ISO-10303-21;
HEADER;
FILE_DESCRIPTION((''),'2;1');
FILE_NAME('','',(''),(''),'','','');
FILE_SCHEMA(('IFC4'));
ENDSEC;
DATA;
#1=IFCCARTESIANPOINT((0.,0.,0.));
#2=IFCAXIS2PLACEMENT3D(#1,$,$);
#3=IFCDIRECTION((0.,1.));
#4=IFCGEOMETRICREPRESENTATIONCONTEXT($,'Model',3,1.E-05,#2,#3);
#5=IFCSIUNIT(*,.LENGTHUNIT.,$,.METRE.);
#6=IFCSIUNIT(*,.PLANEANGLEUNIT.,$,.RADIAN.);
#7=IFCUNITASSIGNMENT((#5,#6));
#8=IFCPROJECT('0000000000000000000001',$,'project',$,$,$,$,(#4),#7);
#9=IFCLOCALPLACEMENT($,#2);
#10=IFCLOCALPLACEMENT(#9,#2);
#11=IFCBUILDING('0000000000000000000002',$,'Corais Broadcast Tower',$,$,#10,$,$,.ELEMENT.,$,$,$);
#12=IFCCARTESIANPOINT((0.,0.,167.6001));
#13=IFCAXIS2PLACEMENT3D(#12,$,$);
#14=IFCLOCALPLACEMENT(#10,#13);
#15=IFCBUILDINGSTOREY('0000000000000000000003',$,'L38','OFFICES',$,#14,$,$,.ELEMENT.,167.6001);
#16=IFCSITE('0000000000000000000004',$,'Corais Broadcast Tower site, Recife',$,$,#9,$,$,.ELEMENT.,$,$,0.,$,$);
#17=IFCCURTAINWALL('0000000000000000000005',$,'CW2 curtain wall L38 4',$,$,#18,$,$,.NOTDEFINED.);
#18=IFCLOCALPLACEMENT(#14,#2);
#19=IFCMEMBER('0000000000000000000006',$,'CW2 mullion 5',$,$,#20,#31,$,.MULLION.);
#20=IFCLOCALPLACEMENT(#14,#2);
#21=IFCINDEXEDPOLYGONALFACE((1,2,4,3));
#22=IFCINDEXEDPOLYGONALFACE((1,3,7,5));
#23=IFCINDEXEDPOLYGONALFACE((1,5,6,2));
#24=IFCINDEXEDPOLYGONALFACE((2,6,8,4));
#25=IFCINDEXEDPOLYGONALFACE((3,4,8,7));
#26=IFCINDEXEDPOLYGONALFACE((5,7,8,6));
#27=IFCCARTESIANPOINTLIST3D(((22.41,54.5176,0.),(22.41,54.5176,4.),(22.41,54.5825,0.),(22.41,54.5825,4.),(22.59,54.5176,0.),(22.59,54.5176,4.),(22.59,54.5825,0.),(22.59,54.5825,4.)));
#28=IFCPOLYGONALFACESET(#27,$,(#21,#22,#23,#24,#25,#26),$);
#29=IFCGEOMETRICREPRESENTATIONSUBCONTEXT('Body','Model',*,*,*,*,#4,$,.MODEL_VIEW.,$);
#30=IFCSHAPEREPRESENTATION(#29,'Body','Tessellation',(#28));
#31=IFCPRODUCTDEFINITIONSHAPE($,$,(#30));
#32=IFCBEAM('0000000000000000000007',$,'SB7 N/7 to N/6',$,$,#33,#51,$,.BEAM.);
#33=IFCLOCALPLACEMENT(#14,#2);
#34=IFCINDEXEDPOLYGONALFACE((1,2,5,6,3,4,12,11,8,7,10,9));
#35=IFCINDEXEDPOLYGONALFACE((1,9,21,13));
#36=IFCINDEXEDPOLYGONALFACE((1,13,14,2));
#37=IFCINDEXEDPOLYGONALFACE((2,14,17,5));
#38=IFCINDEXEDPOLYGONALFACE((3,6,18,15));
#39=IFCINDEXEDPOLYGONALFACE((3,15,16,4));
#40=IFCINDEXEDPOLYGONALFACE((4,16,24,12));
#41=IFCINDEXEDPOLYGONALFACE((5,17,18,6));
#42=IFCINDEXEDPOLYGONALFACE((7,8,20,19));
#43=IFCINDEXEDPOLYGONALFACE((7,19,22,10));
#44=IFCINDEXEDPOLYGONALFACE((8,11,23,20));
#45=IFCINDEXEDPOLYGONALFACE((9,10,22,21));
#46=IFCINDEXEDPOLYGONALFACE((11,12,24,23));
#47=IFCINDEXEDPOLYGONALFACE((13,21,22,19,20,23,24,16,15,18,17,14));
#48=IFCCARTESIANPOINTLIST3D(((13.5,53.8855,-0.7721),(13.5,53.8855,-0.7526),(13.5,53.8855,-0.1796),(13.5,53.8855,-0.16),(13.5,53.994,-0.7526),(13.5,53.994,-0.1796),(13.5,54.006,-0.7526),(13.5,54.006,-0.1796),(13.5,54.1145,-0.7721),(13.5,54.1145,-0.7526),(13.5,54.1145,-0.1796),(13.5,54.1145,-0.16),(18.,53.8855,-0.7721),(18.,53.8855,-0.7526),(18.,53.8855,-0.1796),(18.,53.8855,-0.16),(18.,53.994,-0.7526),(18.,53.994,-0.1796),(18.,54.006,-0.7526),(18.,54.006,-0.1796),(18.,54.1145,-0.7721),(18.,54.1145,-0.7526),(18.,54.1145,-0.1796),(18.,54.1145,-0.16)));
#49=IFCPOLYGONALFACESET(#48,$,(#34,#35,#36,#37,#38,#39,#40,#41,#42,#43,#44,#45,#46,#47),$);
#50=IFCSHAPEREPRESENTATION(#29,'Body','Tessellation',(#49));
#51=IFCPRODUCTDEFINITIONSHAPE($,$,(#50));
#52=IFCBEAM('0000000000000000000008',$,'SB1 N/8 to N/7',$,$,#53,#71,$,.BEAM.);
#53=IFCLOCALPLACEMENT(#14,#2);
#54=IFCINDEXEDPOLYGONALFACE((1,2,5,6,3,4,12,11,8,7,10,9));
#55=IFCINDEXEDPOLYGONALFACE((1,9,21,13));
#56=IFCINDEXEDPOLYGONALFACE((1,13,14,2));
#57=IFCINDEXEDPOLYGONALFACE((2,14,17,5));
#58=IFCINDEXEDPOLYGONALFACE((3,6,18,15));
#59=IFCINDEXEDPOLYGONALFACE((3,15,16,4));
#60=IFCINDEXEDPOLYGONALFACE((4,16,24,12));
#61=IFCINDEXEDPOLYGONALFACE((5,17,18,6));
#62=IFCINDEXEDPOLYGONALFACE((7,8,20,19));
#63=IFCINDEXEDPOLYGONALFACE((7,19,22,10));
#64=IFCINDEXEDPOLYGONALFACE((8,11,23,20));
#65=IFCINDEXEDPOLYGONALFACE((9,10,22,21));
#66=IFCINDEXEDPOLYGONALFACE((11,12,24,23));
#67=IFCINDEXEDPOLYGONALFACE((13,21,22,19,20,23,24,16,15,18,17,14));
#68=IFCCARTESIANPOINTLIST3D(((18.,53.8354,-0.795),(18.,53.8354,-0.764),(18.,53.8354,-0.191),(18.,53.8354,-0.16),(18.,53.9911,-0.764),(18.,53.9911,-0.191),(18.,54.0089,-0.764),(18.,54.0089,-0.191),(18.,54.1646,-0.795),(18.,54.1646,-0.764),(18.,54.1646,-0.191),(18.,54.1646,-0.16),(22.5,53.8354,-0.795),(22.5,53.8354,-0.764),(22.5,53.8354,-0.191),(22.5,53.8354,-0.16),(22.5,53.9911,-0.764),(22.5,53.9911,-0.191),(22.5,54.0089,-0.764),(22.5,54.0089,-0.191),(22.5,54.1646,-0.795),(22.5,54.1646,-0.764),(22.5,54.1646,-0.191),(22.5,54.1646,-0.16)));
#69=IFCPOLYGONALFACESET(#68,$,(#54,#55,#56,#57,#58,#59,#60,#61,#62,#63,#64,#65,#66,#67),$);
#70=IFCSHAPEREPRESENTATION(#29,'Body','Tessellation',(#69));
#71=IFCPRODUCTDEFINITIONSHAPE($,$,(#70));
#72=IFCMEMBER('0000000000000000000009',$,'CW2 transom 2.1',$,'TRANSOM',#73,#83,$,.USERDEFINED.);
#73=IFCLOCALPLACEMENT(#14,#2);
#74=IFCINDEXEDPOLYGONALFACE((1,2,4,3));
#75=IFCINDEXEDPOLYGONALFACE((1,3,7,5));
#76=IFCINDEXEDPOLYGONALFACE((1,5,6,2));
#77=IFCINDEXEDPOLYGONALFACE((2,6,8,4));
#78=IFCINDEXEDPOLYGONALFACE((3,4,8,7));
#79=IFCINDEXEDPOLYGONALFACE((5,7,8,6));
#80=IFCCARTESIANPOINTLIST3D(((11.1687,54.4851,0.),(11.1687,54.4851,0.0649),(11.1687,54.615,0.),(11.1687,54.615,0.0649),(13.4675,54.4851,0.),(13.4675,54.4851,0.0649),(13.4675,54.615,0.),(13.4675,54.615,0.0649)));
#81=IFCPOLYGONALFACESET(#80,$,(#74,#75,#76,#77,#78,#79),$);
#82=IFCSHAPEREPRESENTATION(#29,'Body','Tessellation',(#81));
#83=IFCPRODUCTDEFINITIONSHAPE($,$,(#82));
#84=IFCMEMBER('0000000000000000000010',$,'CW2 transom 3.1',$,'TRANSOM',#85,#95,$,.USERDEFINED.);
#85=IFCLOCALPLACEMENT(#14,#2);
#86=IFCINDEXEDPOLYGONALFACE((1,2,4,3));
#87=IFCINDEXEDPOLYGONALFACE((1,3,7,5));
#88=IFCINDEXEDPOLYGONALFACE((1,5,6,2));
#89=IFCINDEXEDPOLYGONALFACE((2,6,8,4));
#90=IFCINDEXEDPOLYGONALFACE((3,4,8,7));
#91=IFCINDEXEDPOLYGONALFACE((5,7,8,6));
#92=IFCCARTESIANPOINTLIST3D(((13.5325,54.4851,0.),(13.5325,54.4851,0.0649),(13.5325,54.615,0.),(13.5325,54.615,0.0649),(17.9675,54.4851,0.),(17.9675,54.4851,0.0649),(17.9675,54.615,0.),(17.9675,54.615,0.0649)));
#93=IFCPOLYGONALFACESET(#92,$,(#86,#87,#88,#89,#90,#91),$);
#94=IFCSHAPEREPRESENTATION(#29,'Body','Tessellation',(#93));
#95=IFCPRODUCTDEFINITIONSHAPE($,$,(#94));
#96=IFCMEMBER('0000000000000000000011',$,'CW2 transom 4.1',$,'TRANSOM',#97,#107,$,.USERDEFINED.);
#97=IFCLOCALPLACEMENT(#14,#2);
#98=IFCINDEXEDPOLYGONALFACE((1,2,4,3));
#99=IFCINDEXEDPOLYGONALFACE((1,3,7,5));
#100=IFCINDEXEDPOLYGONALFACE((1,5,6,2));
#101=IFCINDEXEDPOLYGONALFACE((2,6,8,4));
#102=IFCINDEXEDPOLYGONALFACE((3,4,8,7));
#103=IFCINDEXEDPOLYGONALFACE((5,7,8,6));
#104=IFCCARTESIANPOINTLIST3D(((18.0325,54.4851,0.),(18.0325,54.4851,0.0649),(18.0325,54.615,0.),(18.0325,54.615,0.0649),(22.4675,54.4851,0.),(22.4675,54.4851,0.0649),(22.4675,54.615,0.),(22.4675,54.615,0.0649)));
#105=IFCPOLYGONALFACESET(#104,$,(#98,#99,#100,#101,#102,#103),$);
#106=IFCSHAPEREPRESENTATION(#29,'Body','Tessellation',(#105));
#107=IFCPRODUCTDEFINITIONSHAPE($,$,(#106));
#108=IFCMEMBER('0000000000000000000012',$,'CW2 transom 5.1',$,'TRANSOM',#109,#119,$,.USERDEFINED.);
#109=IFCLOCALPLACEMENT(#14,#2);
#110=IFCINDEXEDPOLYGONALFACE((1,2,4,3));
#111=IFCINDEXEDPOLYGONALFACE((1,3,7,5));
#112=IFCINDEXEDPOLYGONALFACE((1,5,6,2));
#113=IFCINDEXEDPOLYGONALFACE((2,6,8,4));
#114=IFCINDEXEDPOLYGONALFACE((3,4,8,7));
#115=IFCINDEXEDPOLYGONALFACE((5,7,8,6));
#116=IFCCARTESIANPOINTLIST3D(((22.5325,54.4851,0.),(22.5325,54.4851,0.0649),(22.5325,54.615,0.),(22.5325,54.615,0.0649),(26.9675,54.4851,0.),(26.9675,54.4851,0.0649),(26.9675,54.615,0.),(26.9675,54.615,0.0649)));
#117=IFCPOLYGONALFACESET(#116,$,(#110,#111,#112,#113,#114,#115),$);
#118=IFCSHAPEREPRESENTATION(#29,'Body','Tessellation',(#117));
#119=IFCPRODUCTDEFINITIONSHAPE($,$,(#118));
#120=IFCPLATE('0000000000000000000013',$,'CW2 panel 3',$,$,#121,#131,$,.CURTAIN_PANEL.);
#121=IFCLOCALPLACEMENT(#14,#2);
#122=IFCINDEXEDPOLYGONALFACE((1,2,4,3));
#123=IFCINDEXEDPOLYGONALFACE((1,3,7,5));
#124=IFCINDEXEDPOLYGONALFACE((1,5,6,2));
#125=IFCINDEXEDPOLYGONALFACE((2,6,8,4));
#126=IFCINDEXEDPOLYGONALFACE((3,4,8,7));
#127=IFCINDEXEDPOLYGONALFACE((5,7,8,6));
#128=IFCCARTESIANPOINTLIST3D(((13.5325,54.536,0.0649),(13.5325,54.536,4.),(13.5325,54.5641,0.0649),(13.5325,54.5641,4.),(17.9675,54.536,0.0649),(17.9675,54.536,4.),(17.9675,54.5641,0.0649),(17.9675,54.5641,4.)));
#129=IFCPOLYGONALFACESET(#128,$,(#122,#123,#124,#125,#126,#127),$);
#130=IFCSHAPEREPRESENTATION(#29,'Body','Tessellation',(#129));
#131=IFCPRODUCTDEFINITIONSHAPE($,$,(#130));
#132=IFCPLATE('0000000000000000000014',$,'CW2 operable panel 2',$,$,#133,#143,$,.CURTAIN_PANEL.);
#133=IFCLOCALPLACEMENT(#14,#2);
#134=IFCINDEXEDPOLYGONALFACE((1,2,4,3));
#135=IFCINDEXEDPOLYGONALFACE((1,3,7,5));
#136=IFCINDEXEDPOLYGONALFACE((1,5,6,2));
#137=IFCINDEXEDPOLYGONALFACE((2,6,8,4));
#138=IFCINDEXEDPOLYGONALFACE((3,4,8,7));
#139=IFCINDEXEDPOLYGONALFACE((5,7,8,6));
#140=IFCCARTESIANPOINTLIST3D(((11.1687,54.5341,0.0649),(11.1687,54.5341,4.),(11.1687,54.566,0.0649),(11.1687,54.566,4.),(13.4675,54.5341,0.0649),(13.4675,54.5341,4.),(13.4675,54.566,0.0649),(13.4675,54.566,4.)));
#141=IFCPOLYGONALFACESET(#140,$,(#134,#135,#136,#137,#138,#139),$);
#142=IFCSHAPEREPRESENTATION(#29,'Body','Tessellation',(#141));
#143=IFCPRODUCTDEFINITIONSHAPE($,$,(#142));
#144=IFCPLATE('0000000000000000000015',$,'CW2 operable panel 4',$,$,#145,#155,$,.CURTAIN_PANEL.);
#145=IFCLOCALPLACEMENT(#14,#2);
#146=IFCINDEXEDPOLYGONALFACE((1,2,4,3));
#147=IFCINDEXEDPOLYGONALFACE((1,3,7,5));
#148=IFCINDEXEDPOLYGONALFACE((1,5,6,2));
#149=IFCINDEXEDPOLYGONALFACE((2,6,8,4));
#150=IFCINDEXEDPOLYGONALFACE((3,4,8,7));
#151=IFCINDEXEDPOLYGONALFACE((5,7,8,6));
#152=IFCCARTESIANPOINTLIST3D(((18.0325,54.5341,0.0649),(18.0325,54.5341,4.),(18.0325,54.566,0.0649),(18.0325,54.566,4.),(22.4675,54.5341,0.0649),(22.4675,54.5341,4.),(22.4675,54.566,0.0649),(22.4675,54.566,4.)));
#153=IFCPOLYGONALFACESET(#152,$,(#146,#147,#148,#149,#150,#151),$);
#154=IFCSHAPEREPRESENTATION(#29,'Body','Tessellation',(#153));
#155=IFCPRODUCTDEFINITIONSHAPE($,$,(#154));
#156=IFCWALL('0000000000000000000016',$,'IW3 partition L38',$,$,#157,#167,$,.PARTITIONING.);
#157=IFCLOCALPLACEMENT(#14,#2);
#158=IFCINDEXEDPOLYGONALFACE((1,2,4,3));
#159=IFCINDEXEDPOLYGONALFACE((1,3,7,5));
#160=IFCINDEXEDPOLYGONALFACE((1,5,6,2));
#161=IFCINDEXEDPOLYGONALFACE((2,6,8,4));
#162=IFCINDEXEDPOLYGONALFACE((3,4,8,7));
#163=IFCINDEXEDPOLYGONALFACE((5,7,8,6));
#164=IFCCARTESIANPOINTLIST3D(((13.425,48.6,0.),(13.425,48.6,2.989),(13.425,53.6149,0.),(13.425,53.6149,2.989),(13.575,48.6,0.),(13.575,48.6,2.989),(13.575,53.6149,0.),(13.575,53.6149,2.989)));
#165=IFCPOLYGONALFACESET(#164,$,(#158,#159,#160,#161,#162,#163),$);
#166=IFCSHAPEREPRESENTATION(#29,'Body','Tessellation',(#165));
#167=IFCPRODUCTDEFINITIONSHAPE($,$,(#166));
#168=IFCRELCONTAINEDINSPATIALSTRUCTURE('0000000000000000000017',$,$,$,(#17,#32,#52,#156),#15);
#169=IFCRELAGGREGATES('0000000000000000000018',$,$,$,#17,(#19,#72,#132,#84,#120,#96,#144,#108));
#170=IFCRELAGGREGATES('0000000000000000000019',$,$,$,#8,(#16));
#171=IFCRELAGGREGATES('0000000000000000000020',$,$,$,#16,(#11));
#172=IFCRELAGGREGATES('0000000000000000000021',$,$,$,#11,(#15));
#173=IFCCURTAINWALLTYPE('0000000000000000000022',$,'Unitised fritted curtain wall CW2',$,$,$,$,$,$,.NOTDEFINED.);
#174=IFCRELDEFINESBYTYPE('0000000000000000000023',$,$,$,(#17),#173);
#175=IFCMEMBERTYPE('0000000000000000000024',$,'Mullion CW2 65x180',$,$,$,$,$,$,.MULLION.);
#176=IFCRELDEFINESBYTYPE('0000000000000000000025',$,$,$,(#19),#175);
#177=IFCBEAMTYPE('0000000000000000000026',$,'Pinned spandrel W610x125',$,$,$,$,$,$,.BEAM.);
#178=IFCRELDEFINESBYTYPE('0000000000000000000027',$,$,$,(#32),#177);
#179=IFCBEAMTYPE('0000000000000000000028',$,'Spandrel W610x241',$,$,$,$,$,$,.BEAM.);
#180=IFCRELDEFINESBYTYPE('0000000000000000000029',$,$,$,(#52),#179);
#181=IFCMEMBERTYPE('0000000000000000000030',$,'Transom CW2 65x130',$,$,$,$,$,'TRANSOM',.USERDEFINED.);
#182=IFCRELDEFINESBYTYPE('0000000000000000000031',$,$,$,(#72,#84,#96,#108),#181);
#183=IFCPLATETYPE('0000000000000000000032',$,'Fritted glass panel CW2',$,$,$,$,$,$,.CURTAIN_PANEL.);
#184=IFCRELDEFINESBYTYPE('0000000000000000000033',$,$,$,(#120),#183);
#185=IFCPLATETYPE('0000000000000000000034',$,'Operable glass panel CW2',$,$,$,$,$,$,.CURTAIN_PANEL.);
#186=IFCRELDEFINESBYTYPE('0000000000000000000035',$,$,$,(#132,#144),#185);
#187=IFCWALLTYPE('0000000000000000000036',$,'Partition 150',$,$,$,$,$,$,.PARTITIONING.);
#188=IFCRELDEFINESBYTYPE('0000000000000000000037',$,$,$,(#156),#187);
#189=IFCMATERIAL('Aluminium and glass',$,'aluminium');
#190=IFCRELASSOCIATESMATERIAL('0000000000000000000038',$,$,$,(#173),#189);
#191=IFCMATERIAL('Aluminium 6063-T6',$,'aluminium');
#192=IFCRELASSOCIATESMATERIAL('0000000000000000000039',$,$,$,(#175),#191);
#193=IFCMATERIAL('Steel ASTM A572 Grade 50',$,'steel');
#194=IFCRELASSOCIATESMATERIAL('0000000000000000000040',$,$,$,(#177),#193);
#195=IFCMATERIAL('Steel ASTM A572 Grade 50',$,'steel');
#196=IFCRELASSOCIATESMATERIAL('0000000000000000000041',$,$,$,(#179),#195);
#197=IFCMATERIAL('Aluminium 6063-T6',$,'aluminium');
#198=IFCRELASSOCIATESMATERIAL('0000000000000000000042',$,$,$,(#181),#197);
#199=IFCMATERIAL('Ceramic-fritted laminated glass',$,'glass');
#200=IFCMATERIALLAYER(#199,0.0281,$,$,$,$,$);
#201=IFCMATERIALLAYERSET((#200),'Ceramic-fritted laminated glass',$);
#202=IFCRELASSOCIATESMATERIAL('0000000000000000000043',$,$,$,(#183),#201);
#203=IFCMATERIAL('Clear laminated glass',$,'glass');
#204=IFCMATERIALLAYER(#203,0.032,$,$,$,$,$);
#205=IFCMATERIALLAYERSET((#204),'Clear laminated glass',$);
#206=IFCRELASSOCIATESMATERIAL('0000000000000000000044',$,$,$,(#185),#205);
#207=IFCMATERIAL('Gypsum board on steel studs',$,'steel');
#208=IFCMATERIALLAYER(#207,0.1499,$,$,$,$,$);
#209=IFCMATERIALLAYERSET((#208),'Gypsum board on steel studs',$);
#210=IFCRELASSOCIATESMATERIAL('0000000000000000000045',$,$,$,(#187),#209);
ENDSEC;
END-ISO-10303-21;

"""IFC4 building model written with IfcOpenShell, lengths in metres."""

from ifc_helpers import new_model, si_unit, direction, frame, frame_2d, origin, origin_2d, place, context, subcontext, project, spatial, rectangle, i_section, extrude, material, layer, layer_set, material_profile, profile_set, type_object, element, aggregate, save


model = new_model("IFC4")

# Units and contexts
model_context = context("Model", 3, precision=1e-05, world=origin(), true_north=direction((0.0, 1.0)))
body_context = subcontext(model_context, "Body", "Model", "MODEL_VIEW")
ifc_project = project(units=[si_unit("LENGTHUNIT", "METRE"), si_unit("PLANEANGLEUNIT", "RADIAN")], contexts=[model_context])

# Site, building, storey
site_placement = place(None, origin())
site = spatial("IfcSite", under=ifc_project, at=site_placement, Name="Corais Broadcast Tower site, Recife", CompositionType="ELEMENT", RefElevation=0.0)
building_placement = place(site_placement, origin())
building = spatial("IfcBuilding", under=site, at=building_placement, Name="Corais Broadcast Tower", CompositionType="ELEMENT")
storey_placement = place(building_placement, frame((0.0, 0.0, 167.6001)))
storey = spatial("IfcBuildingStorey", under=building, at=storey_placement, Name="L38", Description="OFFICES", CompositionType="ELEMENT", Elevation=167.6001)

# Curtain wall, member
ifc_material_1 = material(Name="Aluminium and glass", Category="aluminium")
curtain_wall_type = type_object("IfcCurtainWallType", Name="Unitised fritted curtain wall CW2", PredefinedType="NOTDEFINED", material=ifc_material_1)
curtain_wall_placement = place(storey_placement, origin())
curtain_wall = element("IfcCurtainWall", 1, at=curtain_wall_placement, inside=storey, type_object=curtain_wall_type, Name="CW2 curtain wall L38 4", PredefinedType="NOTDEFINED")
ifc_material_2 = material(Name="Aluminium 6063-T6", Category="aluminium")
ifc_material_profile_1 = material_profile(ifc_material_2, rectangle(XDim=0.0649, YDim=0.1799, at=origin_2d()), Name="Mullion CW2 65x180")
ifc_profile_set_1 = profile_set([ifc_material_profile_1], Name="Aluminium 6063-T6")
member_type_1 = type_object("IfcMemberType", Name="Mullion CW2 65x180", PredefinedType="MULLION", material=ifc_profile_set_1)
member_1_placement = place(storey_placement, frame((22.5, 54.55, 0.0), z_axis=(0.0, 0.0, 1.0), x_axis=(0.0, 1.0, 0.0)))
member_1 = element("IfcMember", 2, at=member_1_placement, type_object=member_type_1, Name="CW2 mullion 5", PredefinedType="MULLION", context=body_context, shape_type="SweptSolid", body=[
    extrude(rectangle(XDim=0.0649, YDim=0.1799, at=origin_2d()), origin(), (0.0, 0.0, 1.0), 4.0),
])

# Beams
ifc_material_3 = material(Name="Steel ASTM A572 Grade 50", Category="steel")
ifc_material_profile_2 = material_profile(ifc_material_3, i_section(OverallWidth=0.229, OverallDepth=0.6121, WebThickness=0.012, FlangeThickness=0.0195, at=origin_2d()), Name="W610x125")
ifc_profile_set_2 = profile_set([ifc_material_profile_2], Name="Steel ASTM A572 Grade 50")
beam_type_1 = type_object("IfcBeamType", Name="Pinned spandrel W610x125", PredefinedType="BEAM", material=ifc_profile_set_2)
beam_1_placement = place(storey_placement, frame((18.0, 54.0, -0.4661), z_axis=(-1.0, 0.0, 0.0), x_axis=(0.0, -1.0, 0.0)))
element("IfcBeam", 3, at=beam_1_placement, inside=storey, type_object=beam_type_1, Name="SB7 N/7 to N/6", PredefinedType="BEAM", context=body_context, shape_type="SweptSolid", body=[
    extrude(i_section(OverallWidth=0.229, OverallDepth=0.6121, WebThickness=0.012, FlangeThickness=0.0195, at=origin_2d()), origin(), (0.0, 0.0, 1.0), 4.5),
])
ifc_material_4 = material(Name="Steel ASTM A572 Grade 50", Category="steel")
ifc_material_profile_3 = material_profile(ifc_material_4, i_section(OverallWidth=0.3291, OverallDepth=0.635, WebThickness=0.0178, FlangeThickness=0.031, at=origin_2d()), Name="W610x241")
ifc_profile_set_3 = profile_set([ifc_material_profile_3], Name="Steel ASTM A572 Grade 50")
beam_type_2 = type_object("IfcBeamType", Name="Spandrel W610x241", PredefinedType="BEAM", material=ifc_profile_set_3)
beam_2_placement = place(storey_placement, frame((22.5, 54.0, -0.4775), z_axis=(-1.0, 0.0, 0.0), x_axis=(0.0, -1.0, 0.0)))
element("IfcBeam", 4, at=beam_2_placement, inside=storey, type_object=beam_type_2, Name="SB1 N/8 to N/7", PredefinedType="BEAM", context=body_context, shape_type="SweptSolid", body=[
    extrude(i_section(OverallWidth=0.3291, OverallDepth=0.635, WebThickness=0.0178, FlangeThickness=0.031, at=origin_2d()), origin(), (0.0, 0.0, 1.0), 4.5),
])

# Members
ifc_material_5 = material(Name="Aluminium 6063-T6", Category="aluminium")
ifc_material_profile_4 = material_profile(ifc_material_5, rectangle(XDim=0.1299, YDim=0.0649, at=origin_2d()), Name="Transom CW2 65x130")
ifc_profile_set_4 = profile_set([ifc_material_profile_4], Name="Aluminium 6063-T6")
member_type_2 = type_object("IfcMemberType", Name="Transom CW2 65x130", ElementType="TRANSOM", PredefinedType="USERDEFINED", material=ifc_profile_set_4)
member_2_placement = place(storey_placement, frame((11.1687, 54.55, 0.0325), z_axis=(1.0, 0.0, 0.0), x_axis=(0.0, 1.0, 0.0)))
member_2 = element("IfcMember", 5, at=member_2_placement, type_object=member_type_2, Name="CW2 transom 2.1", ObjectType="TRANSOM", PredefinedType="USERDEFINED", context=body_context, shape_type="SweptSolid", body=[
    extrude(rectangle(XDim=0.1299, YDim=0.0649, at=origin_2d()), origin(), (0.0, 0.0, 1.0), 2.2988),
])
member_3_placement = place(storey_placement, frame((13.5325, 54.55, 0.0325), z_axis=(1.0, 0.0, 0.0), x_axis=(0.0, 1.0, 0.0)))
member_3 = element("IfcMember", 6, at=member_3_placement, type_object=member_type_2, Name="CW2 transom 3.1", ObjectType="TRANSOM", PredefinedType="USERDEFINED", context=body_context, shape_type="SweptSolid", body=[
    extrude(rectangle(XDim=0.1299, YDim=0.0649, at=origin_2d()), origin(), (0.0, 0.0, 1.0), 4.4351),
])
member_4_placement = place(storey_placement, frame((18.0325, 54.55, 0.0325), z_axis=(1.0, 0.0, 0.0), x_axis=(0.0, 1.0, 0.0)))
member_4 = element("IfcMember", 7, at=member_4_placement, type_object=member_type_2, Name="CW2 transom 4.1", ObjectType="TRANSOM", PredefinedType="USERDEFINED", context=body_context, shape_type="SweptSolid", body=[
    extrude(rectangle(XDim=0.1299, YDim=0.0649, at=origin_2d()), origin(), (0.0, 0.0, 1.0), 4.4351),
])
member_5_placement = place(storey_placement, frame((22.5325, 54.55, 0.0325), z_axis=(1.0, 0.0, 0.0), x_axis=(0.0, 1.0, 0.0)))
member_5 = element("IfcMember", 8, at=member_5_placement, type_object=member_type_2, Name="CW2 transom 5.1", ObjectType="TRANSOM", PredefinedType="USERDEFINED", context=body_context, shape_type="SweptSolid", body=[
    extrude(rectangle(XDim=0.1299, YDim=0.0649, at=origin_2d()), origin(), (0.0, 0.0, 1.0), 4.4351),
])

# Plates
ifc_material_6 = material(Name="Ceramic-fritted laminated glass", Category="glass")
ifc_layer_1 = layer(ifc_material_6, 0.0281)
ifc_layer_set_1 = layer_set([ifc_layer_1], Name="Ceramic-fritted laminated glass")
plate_type_1 = type_object("IfcPlateType", Name="Fritted glass panel CW2", PredefinedType="CURTAIN_PANEL", material=ifc_layer_set_1)
plate_1_placement = place(storey_placement, frame((15.75, 54.55, 0.0649), z_axis=(0.0, 0.0, 1.0), x_axis=(1.0, 0.0, 0.0)))
plate_1 = element("IfcPlate", 9, at=plate_1_placement, type_object=plate_type_1, Name="CW2 panel 3", PredefinedType="CURTAIN_PANEL", context=body_context, shape_type="SweptSolid", body=[
    extrude(rectangle(XDim=4.4351, YDim=0.0281, at=origin_2d()), origin(), (0.0, 0.0, 1.0), 3.9351),
])
ifc_material_7 = material(Name="Clear laminated glass", Category="glass")
ifc_layer_2 = layer(ifc_material_7, 0.032)
ifc_layer_set_2 = layer_set([ifc_layer_2], Name="Clear laminated glass")
plate_type_2 = type_object("IfcPlateType", Name="Operable glass panel CW2", PredefinedType="CURTAIN_PANEL", material=ifc_layer_set_2)
plate_2_placement = place(storey_placement, frame((12.3181, 54.55, 0.0649), z_axis=(0.0, 0.0, 1.0), x_axis=(1.0, 0.0, 0.0)))
plate_2 = element("IfcPlate", 10, at=plate_2_placement, type_object=plate_type_2, Name="CW2 operable panel 2", PredefinedType="CURTAIN_PANEL", context=body_context, shape_type="SweptSolid", body=[
    extrude(rectangle(XDim=2.2988, YDim=0.032, at=origin_2d()), origin(), (0.0, 0.0, 1.0), 3.9351),
])
plate_3_placement = place(storey_placement, frame((20.25, 54.55, 0.0649), z_axis=(0.0, 0.0, 1.0), x_axis=(1.0, 0.0, 0.0)))
plate_3 = element("IfcPlate", 11, at=plate_3_placement, type_object=plate_type_2, Name="CW2 operable panel 4", PredefinedType="CURTAIN_PANEL", context=body_context, shape_type="SweptSolid", body=[
    extrude(rectangle(XDim=4.4351, YDim=0.032, at=origin_2d()), origin(), (0.0, 0.0, 1.0), 3.9351),
])
aggregate(curtain_wall, [member_1, member_2, plate_2, member_3, plate_1, member_4, plate_3, member_5])

# Wall
ifc_material_8 = material(Name="Gypsum board on steel studs", Category="steel")
ifc_layer_3 = layer(ifc_material_8, 0.1499)
ifc_layer_set_3 = layer_set([ifc_layer_3], Name="Gypsum board on steel studs")
wall_type = type_object("IfcWallType", Name="Partition 150", PredefinedType="PARTITIONING", material=ifc_layer_set_3)
wall_1_placement = place(storey_placement, frame((13.5, 48.6001, 0.0), z_axis=(0.0, 0.0, 1.0), x_axis=(0.0, 1.0, 0.0)))
element("IfcWall", 12, at=wall_1_placement, inside=storey, type_object=wall_type, Name="IW3 partition L38", PredefinedType="PARTITIONING", context=body_context, shape_type="SweptSolid", body=[
    extrude(rectangle(XDim=5.0149, YDim=0.1499, at=frame_2d((2.5073, 0.0))), origin(), (0.0, 0.0, 1.0), 2.989),
])

save(model, "model.ifc")
